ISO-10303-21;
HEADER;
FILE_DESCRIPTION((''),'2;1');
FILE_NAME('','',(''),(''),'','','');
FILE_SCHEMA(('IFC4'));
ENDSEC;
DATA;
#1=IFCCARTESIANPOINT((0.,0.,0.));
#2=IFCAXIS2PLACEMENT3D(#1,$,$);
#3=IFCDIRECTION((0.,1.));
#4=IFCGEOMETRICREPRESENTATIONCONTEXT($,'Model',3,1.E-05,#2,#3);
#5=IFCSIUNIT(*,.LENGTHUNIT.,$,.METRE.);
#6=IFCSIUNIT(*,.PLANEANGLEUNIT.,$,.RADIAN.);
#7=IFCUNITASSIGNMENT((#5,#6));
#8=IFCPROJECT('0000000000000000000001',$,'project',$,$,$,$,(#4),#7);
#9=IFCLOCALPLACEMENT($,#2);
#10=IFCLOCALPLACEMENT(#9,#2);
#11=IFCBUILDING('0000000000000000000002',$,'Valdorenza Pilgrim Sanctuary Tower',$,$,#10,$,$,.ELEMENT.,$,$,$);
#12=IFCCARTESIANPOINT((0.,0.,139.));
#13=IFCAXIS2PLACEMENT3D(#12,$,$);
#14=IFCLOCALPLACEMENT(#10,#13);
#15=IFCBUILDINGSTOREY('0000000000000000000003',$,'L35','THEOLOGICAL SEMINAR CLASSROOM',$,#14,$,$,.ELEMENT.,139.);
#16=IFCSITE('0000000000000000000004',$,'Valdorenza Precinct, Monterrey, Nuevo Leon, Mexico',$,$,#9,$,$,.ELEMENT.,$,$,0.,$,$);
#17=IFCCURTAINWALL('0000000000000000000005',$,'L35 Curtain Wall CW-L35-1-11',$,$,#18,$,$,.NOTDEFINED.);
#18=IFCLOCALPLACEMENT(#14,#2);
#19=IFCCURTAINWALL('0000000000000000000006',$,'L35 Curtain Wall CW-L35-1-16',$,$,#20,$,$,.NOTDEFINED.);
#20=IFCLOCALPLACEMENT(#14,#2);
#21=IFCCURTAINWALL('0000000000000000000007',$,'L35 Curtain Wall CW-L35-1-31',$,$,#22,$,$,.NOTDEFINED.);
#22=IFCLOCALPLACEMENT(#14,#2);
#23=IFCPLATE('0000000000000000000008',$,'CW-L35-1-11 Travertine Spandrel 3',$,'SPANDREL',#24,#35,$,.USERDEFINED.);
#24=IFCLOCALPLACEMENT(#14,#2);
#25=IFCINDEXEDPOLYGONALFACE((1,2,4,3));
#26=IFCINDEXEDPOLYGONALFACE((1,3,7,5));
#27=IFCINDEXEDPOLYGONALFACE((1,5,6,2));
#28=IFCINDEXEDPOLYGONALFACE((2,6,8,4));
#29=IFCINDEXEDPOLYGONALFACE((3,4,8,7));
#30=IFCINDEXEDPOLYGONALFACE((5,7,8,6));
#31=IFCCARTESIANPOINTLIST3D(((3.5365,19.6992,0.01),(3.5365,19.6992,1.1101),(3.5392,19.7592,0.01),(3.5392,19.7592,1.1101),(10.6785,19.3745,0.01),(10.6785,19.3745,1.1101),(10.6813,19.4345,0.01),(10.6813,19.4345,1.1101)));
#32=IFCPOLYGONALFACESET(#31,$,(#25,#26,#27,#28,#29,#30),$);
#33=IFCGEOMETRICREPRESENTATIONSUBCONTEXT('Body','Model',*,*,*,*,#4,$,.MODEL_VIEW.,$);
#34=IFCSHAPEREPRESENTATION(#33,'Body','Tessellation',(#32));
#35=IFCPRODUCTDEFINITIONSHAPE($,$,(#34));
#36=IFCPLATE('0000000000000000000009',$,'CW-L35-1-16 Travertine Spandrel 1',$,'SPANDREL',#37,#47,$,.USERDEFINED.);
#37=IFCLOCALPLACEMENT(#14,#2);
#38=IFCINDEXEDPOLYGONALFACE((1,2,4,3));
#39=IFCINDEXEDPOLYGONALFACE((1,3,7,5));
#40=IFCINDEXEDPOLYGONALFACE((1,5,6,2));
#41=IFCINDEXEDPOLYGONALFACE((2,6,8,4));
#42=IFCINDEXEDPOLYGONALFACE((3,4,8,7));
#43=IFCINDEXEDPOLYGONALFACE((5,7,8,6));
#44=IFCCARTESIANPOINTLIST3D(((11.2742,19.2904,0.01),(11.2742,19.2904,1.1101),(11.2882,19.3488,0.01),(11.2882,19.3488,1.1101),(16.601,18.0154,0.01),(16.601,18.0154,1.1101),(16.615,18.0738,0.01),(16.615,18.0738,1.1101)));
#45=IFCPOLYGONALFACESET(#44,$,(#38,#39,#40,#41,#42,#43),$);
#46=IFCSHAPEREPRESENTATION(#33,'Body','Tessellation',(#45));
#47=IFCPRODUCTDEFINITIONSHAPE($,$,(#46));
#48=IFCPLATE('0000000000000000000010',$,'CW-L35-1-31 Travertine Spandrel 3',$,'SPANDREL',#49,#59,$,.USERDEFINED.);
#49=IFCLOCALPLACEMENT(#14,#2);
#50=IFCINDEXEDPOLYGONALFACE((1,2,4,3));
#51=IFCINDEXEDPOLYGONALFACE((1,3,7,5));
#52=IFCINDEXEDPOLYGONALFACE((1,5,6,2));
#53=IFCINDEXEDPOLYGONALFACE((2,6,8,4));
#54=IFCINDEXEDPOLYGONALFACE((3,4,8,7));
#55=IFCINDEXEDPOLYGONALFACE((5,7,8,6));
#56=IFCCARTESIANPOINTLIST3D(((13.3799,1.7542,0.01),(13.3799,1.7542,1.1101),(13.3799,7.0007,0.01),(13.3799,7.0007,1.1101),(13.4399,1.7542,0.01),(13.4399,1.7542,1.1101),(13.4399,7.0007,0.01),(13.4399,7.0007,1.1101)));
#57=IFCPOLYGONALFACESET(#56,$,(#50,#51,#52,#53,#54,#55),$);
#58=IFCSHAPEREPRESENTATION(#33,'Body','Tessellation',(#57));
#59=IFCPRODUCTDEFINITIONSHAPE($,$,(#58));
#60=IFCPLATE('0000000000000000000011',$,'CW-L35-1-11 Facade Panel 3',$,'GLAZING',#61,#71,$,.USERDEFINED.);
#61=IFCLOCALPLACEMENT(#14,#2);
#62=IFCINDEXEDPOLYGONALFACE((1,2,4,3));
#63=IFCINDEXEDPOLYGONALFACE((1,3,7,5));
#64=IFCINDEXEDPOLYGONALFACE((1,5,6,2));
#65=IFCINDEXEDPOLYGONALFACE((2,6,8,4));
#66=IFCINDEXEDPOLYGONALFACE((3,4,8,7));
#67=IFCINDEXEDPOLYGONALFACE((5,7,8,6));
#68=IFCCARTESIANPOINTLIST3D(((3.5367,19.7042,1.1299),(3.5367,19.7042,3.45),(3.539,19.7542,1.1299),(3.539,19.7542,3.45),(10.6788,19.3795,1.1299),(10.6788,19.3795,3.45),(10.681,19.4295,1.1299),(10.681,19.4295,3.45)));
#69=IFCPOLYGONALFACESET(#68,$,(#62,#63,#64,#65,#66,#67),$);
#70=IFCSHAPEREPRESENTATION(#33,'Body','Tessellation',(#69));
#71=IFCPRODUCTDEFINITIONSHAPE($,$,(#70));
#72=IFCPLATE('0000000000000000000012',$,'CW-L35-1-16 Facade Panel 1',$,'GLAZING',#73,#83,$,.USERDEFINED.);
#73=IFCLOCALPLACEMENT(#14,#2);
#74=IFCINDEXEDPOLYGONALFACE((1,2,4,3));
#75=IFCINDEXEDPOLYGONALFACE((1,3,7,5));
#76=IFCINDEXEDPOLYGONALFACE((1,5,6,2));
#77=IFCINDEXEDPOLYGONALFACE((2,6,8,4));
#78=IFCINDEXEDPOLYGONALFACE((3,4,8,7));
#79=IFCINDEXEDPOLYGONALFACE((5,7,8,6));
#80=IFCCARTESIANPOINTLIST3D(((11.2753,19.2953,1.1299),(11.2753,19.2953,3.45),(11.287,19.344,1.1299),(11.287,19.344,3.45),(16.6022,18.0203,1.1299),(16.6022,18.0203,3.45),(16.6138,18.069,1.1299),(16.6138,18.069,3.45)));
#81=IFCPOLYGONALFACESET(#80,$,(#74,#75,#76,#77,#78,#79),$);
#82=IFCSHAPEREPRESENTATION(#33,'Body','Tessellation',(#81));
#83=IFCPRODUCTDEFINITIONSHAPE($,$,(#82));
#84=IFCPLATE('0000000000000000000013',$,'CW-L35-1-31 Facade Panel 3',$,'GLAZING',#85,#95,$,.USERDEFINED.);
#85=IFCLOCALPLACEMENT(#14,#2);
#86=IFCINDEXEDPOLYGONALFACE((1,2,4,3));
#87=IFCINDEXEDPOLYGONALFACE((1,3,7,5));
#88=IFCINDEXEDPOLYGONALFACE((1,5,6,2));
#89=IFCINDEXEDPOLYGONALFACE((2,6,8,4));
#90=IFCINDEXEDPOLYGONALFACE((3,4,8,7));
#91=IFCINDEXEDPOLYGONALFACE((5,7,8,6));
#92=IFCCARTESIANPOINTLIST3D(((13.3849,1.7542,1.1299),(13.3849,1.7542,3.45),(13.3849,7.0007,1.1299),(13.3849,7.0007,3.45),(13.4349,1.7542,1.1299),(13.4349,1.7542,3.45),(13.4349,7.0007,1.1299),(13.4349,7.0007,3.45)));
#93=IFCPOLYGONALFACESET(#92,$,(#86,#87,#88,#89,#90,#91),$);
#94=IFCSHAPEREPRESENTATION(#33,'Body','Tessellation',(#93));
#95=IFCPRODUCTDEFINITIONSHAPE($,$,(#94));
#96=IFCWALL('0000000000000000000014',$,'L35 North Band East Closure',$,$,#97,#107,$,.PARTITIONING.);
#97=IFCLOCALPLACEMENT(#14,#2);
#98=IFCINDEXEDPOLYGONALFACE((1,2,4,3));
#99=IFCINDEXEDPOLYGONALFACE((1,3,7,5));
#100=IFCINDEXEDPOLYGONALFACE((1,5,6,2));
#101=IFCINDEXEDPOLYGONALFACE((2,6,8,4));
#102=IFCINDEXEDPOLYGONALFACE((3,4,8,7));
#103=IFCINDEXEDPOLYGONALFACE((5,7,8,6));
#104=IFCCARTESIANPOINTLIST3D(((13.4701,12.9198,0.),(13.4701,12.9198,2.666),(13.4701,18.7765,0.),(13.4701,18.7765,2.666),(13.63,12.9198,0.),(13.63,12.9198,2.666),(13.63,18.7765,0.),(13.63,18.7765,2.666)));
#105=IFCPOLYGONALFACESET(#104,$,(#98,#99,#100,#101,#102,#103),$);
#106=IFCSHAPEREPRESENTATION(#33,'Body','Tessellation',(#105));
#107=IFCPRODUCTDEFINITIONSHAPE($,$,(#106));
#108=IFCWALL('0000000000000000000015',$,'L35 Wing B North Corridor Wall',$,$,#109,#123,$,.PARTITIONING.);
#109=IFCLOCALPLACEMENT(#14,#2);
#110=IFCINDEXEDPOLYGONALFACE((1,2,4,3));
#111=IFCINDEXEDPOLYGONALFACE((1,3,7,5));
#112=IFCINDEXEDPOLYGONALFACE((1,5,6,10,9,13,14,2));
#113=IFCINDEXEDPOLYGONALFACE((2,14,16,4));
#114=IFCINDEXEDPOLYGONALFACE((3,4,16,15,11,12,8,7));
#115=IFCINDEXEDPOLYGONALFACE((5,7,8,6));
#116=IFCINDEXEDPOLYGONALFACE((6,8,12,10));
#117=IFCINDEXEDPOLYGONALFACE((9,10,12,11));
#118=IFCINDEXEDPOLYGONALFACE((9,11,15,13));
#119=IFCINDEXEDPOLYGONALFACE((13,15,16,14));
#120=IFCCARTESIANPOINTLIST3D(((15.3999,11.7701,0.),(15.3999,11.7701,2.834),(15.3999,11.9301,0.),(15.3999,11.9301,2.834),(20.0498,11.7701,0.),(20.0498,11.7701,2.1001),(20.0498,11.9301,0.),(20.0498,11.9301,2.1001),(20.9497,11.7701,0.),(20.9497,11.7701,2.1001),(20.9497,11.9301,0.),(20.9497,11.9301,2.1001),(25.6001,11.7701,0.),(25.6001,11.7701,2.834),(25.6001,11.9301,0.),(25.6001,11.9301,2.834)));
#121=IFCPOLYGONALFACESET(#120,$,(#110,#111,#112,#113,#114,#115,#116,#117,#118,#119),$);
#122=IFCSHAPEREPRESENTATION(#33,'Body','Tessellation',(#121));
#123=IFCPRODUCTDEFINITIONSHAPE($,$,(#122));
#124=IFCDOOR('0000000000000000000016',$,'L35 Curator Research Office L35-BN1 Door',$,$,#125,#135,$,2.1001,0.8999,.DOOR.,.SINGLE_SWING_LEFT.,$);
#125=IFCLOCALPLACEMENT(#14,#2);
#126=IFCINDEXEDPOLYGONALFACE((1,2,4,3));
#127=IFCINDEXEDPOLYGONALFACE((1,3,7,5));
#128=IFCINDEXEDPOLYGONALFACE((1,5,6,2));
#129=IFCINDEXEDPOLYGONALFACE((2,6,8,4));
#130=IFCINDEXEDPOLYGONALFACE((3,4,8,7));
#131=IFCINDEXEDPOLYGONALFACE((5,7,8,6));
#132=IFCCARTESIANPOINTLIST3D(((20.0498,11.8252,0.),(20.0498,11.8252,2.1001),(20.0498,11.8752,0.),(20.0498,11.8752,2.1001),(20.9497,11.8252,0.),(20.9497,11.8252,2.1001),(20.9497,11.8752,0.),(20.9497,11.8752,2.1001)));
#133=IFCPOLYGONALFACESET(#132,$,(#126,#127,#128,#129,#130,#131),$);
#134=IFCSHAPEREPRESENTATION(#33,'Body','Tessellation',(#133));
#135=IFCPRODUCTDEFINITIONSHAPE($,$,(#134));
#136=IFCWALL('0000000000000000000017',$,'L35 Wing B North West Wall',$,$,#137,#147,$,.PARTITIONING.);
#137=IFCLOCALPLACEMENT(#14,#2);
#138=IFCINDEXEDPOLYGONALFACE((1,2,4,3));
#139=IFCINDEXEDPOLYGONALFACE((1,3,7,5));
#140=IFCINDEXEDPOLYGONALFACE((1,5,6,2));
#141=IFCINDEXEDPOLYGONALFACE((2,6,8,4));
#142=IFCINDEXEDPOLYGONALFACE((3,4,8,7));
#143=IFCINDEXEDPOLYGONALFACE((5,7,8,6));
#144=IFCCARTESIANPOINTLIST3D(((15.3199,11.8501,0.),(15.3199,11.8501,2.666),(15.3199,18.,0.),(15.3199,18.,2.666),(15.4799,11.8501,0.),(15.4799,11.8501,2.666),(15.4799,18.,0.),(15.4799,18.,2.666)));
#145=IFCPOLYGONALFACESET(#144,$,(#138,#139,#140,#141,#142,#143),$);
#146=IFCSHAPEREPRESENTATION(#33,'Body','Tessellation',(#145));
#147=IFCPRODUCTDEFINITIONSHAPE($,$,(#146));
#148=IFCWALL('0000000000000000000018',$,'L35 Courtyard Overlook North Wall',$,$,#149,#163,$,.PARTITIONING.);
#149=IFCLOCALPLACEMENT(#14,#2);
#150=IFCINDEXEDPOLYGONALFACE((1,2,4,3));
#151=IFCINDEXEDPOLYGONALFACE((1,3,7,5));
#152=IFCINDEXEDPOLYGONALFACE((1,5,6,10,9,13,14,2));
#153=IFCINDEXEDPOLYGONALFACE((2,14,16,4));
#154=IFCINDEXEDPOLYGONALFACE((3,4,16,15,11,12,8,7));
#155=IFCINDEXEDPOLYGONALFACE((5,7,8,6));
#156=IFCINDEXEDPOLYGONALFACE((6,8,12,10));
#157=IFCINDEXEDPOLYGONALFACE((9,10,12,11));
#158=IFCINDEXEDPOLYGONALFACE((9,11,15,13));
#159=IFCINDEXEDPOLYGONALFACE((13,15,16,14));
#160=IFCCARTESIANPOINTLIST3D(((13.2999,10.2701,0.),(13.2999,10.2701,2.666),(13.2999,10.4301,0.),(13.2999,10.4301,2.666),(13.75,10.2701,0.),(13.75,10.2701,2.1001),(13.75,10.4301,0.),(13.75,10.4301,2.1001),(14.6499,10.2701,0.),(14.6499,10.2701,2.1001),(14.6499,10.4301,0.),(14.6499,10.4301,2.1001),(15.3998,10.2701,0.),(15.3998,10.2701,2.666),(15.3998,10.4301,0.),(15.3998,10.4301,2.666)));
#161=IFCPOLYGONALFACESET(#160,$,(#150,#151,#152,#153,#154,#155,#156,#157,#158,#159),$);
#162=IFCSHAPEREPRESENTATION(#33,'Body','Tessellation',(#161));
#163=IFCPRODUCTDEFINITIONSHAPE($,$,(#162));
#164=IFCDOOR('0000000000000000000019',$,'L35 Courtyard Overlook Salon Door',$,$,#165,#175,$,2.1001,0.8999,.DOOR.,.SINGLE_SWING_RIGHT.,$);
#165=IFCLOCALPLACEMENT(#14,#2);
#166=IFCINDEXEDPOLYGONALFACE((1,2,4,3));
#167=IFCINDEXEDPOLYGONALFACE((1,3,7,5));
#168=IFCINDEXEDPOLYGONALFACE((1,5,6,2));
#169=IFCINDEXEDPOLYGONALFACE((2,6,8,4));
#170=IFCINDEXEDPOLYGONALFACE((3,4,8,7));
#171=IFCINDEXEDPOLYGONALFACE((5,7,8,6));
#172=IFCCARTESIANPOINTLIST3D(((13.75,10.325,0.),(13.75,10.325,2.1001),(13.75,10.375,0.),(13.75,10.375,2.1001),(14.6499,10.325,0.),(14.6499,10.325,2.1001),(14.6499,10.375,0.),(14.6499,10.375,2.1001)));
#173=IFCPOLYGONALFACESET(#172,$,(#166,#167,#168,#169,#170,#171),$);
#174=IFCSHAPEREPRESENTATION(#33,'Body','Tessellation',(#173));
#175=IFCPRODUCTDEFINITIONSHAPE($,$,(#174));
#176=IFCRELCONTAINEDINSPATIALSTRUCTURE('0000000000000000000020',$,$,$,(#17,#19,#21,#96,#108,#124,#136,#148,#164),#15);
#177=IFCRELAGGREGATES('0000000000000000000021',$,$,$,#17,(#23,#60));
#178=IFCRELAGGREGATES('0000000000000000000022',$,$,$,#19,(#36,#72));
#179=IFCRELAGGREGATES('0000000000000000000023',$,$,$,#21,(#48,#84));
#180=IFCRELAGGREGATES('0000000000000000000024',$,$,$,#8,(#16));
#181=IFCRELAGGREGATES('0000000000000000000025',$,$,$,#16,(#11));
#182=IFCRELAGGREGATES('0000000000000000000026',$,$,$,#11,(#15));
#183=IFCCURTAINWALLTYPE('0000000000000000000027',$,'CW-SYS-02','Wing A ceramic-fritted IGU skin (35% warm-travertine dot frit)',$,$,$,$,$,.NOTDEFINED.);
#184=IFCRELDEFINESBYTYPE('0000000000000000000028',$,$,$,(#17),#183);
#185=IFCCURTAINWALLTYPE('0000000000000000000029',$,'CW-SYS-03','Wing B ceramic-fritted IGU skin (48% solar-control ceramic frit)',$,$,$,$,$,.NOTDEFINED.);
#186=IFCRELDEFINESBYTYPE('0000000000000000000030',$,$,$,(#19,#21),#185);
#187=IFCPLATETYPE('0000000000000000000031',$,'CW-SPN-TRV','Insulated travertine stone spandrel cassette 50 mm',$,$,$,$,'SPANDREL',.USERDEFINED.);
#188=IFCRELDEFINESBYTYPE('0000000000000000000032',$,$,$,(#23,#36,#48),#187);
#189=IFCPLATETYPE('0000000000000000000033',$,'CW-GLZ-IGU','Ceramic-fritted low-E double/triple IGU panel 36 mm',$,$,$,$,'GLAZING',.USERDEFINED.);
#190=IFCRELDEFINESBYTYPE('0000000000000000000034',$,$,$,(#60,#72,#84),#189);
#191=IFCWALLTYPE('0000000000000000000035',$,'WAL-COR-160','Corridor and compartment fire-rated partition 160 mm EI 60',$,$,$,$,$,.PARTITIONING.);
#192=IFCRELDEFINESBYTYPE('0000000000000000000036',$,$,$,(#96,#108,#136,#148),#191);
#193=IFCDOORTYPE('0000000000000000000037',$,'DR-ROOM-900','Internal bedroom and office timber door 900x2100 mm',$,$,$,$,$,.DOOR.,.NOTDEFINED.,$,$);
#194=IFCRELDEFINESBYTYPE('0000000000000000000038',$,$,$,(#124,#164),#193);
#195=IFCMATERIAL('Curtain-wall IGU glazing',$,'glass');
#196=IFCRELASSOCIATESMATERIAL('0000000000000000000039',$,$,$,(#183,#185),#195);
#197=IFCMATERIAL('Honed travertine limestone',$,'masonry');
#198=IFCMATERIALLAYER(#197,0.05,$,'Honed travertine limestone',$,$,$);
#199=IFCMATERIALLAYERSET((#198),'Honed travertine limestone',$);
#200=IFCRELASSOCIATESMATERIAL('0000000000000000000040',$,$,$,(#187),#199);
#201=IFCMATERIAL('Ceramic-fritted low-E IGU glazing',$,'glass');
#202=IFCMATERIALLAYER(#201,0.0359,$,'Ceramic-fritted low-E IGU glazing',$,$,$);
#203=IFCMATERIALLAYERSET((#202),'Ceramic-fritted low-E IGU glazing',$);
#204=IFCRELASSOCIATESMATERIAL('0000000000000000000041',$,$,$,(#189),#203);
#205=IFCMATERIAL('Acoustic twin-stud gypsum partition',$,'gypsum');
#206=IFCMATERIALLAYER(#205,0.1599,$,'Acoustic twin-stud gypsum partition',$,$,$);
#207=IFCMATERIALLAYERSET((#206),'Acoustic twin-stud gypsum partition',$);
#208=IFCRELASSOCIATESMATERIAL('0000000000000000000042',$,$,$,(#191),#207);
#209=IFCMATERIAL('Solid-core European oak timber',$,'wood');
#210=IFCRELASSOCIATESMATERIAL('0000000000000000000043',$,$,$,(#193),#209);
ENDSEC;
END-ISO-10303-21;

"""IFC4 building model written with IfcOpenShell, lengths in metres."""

from ifc_helpers import new_model, si_unit, direction, frame, frame_2d, origin, origin_2d, place, context, subcontext, project, spatial, rectangle, extrude, source, transform, mapped, material, layer, layer_set, type_object, element, fill, aggregate, save


model = new_model("IFC4")

# Units and contexts
model_context = context("Model", 3, precision=1e-05, world=origin(), true_north=direction((0.0, 1.0)))
body_context = subcontext(model_context, "Body", "Model", "MODEL_VIEW")
ifc_project = project(units=[si_unit("LENGTHUNIT", "METRE"), si_unit("PLANEANGLEUNIT", "RADIAN")], contexts=[model_context])

# Site, building, storey
site_placement = place(None, origin())
site = spatial("IfcSite", under=ifc_project, at=site_placement, Name="Valdorenza Precinct, Monterrey, Nuevo Leon, Mexico", CompositionType="ELEMENT", RefElevation=0.0)
building_placement = place(site_placement, origin())
building = spatial("IfcBuilding", under=site, at=building_placement, Name="Valdorenza Pilgrim Sanctuary Tower", CompositionType="ELEMENT")
storey_placement = place(building_placement, frame((0.0, 0.0, 139.0)))
storey = spatial("IfcBuildingStorey", under=building, at=storey_placement, Name="L35", Description="THEOLOGICAL SEMINAR CLASSROOM", CompositionType="ELEMENT", Elevation=139.0)

# Curtain walls
ifc_material_1 = material(Name="Curtain-wall IGU glazing", Category="glass")
curtain_wall_type_1 = type_object("IfcCurtainWallType", Name="CW-SYS-02", Description="Wing A ceramic-fritted IGU skin (35% warm-travertine dot frit)", PredefinedType="NOTDEFINED", material=ifc_material_1)
curtain_wall_1_placement = place(storey_placement, origin())
curtain_wall_1 = element("IfcCurtainWall", 1, at=curtain_wall_1_placement, inside=storey, type_object=curtain_wall_type_1, Name="L35 Curtain Wall CW-L35-1-11", PredefinedType="NOTDEFINED")
curtain_wall_type_2 = type_object("IfcCurtainWallType", Name="CW-SYS-03", Description="Wing B ceramic-fritted IGU skin (48% solar-control ceramic frit)", PredefinedType="NOTDEFINED", material=ifc_material_1)
curtain_wall_2_placement = place(storey_placement, origin())
curtain_wall_2 = element("IfcCurtainWall", 2, at=curtain_wall_2_placement, inside=storey, type_object=curtain_wall_type_2, Name="L35 Curtain Wall CW-L35-1-16", PredefinedType="NOTDEFINED")

# Curtain wall
curtain_wall_3_placement = place(storey_placement, origin())
curtain_wall_3 = element("IfcCurtainWall", 3, at=curtain_wall_3_placement, inside=storey, type_object=curtain_wall_type_2, Name="L35 Curtain Wall CW-L35-1-31", PredefinedType="NOTDEFINED")

# Plates
ifc_material_2 = material(Name="Honed travertine limestone", Category="masonry")
ifc_layer_1 = layer(ifc_material_2, 0.05, Name="Honed travertine limestone")
ifc_layer_set_1 = layer_set([ifc_layer_1], Name="Honed travertine limestone")
plate_type_1 = type_object("IfcPlateType", Name="CW-SPN-TRV", Description="Insulated travertine stone spandrel cassette 50 mm", ElementType="SPANDREL", PredefinedType="USERDEFINED", material=ifc_layer_set_1)
ifc_material_3 = material(Name="Ceramic-fritted low-E IGU glazing", Category="glass")
ifc_layer_2 = layer(ifc_material_3, 0.0359, Name="Ceramic-fritted low-E IGU glazing")
ifc_layer_set_2 = layer_set([ifc_layer_2], Name="Ceramic-fritted low-E IGU glazing")
plate_type_2 = type_object("IfcPlateType", Name="CW-GLZ-IGU", Description="Ceramic-fritted low-E double/triple IGU panel 36 mm", ElementType="GLAZING", PredefinedType="USERDEFINED", material=ifc_layer_set_2)
shared_shape_1 = source(origin(), body_context, "Body", "SweptSolid", [
    extrude(rectangle(XDim=7.1494, YDim=0.0601, at=origin_2d()), origin(), (0.0, 0.0, 1.0), 1.1001),
])
plate_1_placement = place(storey_placement, frame((7.1089, 19.5669, 0.01), z_axis=(0.0, 0.0, 1.0), x_axis=(0.998968, -0.045415, 0.0)))
plate_1 = element("IfcPlate", 4, at=plate_1_placement, type_object=plate_type_1, Name="CW-L35-1-11 Travertine Spandrel 3", ObjectType="SPANDREL", PredefinedType="USERDEFINED", context=body_context, shape_type="MappedRepresentation", body=[
    mapped(shared_shape_1, transform((0.0, 0.0, 0.0), x_axis=(1.0, 0.0, 0.0), y_axis=(0.0, 1.0, 0.0), z_axis=(0.0, 0.0, 1.0), scale=1.0)),
])
shared_shape_2 = source(origin(), body_context, "Body", "SweptSolid", [
    extrude(rectangle(XDim=5.4773, YDim=0.0601, at=origin_2d()), origin(), (0.0, 0.0, 1.0), 1.1001),
])
plate_2_placement = place(storey_placement, frame((13.9446, 18.6821, 0.01), z_axis=(0.0, 0.0, 1.0), x_axis=(0.972529, -0.232783, 0.0)))
plate_2 = element("IfcPlate", 5, at=plate_2_placement, type_object=plate_type_1, Name="CW-L35-1-16 Travertine Spandrel 1", ObjectType="SPANDREL", PredefinedType="USERDEFINED", context=body_context, shape_type="MappedRepresentation", body=[
    mapped(shared_shape_2, transform((0.0, 0.0, 0.0), x_axis=(1.0, 0.0, 0.0), y_axis=(0.0, 1.0, 0.0), z_axis=(0.0, 0.0, 1.0), scale=1.0)),
])
shared_shape_3 = source(origin(), body_context, "Body", "SweptSolid", [
    extrude(rectangle(XDim=5.2466, YDim=0.0601, at=origin_2d()), origin(), (0.0, 0.0, 1.0), 1.1001),
])
plate_3_placement = place(storey_placement, frame((13.4099, 4.3774, 0.01), z_axis=(0.0, 0.0, 1.0), x_axis=(0.0, 1.0, 0.0)))
plate_3 = element("IfcPlate", 6, at=plate_3_placement, type_object=plate_type_1, Name="CW-L35-1-31 Travertine Spandrel 3", ObjectType="SPANDREL", PredefinedType="USERDEFINED", context=body_context, shape_type="MappedRepresentation", body=[
    mapped(shared_shape_3, transform((0.0, 0.0, 0.0), x_axis=(1.0, 0.0, 0.0), y_axis=(0.0, 1.0, 0.0), z_axis=(0.0, 0.0, 1.0), scale=1.0)),
])
shared_shape_4 = source(origin(), body_context, "Body", "SweptSolid", [
    extrude(rectangle(XDim=7.1494, YDim=0.05, at=origin_2d()), origin(), (0.0, 0.0, 1.0), 2.3201),
])
plate_4_placement = place(storey_placement, frame((7.1089, 19.5669, 1.1299), z_axis=(0.0, 0.0, 1.0), x_axis=(0.998968, -0.045415, 0.0)))
plate_4 = element("IfcPlate", 7, at=plate_4_placement, type_object=plate_type_2, Name="CW-L35-1-11 Facade Panel 3", ObjectType="GLAZING", PredefinedType="USERDEFINED", context=body_context, shape_type="MappedRepresentation", body=[
    mapped(shared_shape_4, transform((0.0, 0.0, 0.0), x_axis=(1.0, 0.0, 0.0), y_axis=(0.0, 1.0, 0.0), z_axis=(0.0, 0.0, 1.0), scale=1.0)),
])
aggregate(curtain_wall_1, [plate_1, plate_4])
shared_shape_5 = source(origin(), body_context, "Body", "SweptSolid", [
    extrude(rectangle(XDim=5.4773, YDim=0.05, at=origin_2d()), origin(), (0.0, 0.0, 1.0), 2.3201),
])
plate_5_placement = place(storey_placement, frame((13.9446, 18.6821, 1.1299), z_axis=(0.0, 0.0, 1.0), x_axis=(0.972529, -0.232783, 0.0)))
plate_5 = element("IfcPlate", 8, at=plate_5_placement, type_object=plate_type_2, Name="CW-L35-1-16 Facade Panel 1", ObjectType="GLAZING", PredefinedType="USERDEFINED", context=body_context, shape_type="MappedRepresentation", body=[
    mapped(shared_shape_5, transform((0.0, 0.0, 0.0), x_axis=(1.0, 0.0, 0.0), y_axis=(0.0, 1.0, 0.0), z_axis=(0.0, 0.0, 1.0), scale=1.0)),
])
aggregate(curtain_wall_2, [plate_2, plate_5])
shared_shape_6 = source(origin(), body_context, "Body", "SweptSolid", [
    extrude(rectangle(XDim=5.2466, YDim=0.05, at=origin_2d()), origin(), (0.0, 0.0, 1.0), 2.3201),
])
plate_6_placement = place(storey_placement, frame((13.4099, 4.3774, 1.1299), z_axis=(0.0, 0.0, 1.0), x_axis=(0.0, 1.0, 0.0)))
plate_6 = element("IfcPlate", 9, at=plate_6_placement, type_object=plate_type_2, Name="CW-L35-1-31 Facade Panel 3", ObjectType="GLAZING", PredefinedType="USERDEFINED", context=body_context, shape_type="MappedRepresentation", body=[
    mapped(shared_shape_6, transform((0.0, 0.0, 0.0), x_axis=(1.0, 0.0, 0.0), y_axis=(0.0, 1.0, 0.0), z_axis=(0.0, 0.0, 1.0), scale=1.0)),
])
aggregate(curtain_wall_3, [plate_3, plate_6])

# Wall
ifc_material_4 = material(Name="Acoustic twin-stud gypsum partition", Category="gypsum")
ifc_layer_3 = layer(ifc_material_4, 0.1599, Name="Acoustic twin-stud gypsum partition")
ifc_layer_set_3 = layer_set([ifc_layer_3], Name="Acoustic twin-stud gypsum partition")
wall_type_1 = type_object("IfcWallType", Name="WAL-COR-160", Description="Corridor and compartment fire-rated partition 160 mm EI 60", PredefinedType="PARTITIONING", material=ifc_layer_set_3)
wall_1_placement = place(storey_placement, frame((13.55, 12.9199, 0.0), z_axis=(0.0, 0.0, 1.0), x_axis=(0.0, 1.0, 0.0)))
element("IfcWall", 10, at=wall_1_placement, inside=storey, type_object=wall_type_1, Name="L35 North Band East Closure", PredefinedType="PARTITIONING", context=body_context, shape_type="SweptSolid", body=[
    extrude(rectangle(XDim=5.8567, YDim=0.1599, at=frame_2d((2.9282, 0.0))), origin(), (0.0, 0.0, 1.0), 2.666),
])

# Wall, opening, door
wall_2_placement = place(storey_placement, frame((15.3999, 11.8501, 0.0), z_axis=(0.0, 0.0, 1.0), x_axis=(1.0, 0.0, 0.0)))
wall_2 = element("IfcWall", 11, at=wall_2_placement, inside=storey, type_object=wall_type_1, Name="L35 Wing B North Corridor Wall", PredefinedType="PARTITIONING", context=body_context, shape_type="SweptSolid", body=[
    extrude(rectangle(XDim=10.2002, YDim=0.1599, at=frame_2d((5.1001, 0.0))), origin(), (0.0, 0.0, 1.0), 2.834),
])
opening_1_placement = place(wall_2_placement, frame((4.6499, 0.0, 0.0)))
opening_1 = element("IfcOpeningElement", 12, at=opening_1_placement, cuts=wall_2, PredefinedType="OPENING", context=body_context, shape_type="SweptSolid", body=[
    extrude(rectangle(XDim=0.8999, YDim=2.1001, at=frame_2d((0.45, 1.05))), frame((0.0, 0.0947, 0.0), z_axis=(0.0, -1.0, 0.0), x_axis=(1.0, 0.0, 0.0)), (0.0, 0.0, 1.0), 0.1897),
])
ifc_material_5 = material(Name="Solid-core European oak timber", Category="wood")
door_type = type_object("IfcDoorType", Name="DR-ROOM-900", Description="Internal bedroom and office timber door 900x2100 mm", OperationType="NOTDEFINED", PredefinedType="DOOR", material=ifc_material_5)
door_1_placement = place(opening_1_placement, frame((0.8999, 0.0, 0.0), z_axis=(0.0, 0.0, 1.0), x_axis=(-1.0, 0.0, 0.0)))
door_1 = element("IfcDoor", 13, at=door_1_placement, inside=storey, type_object=door_type, Name="L35 Curator Research Office L35-BN1 Door", OperationType="SINGLE_SWING_LEFT", OverallHeight=2.1001, OverallWidth=0.8999, PredefinedType="DOOR", context=body_context, shape_type="SweptSolid", body=[
    extrude(rectangle(XDim=0.8999, YDim=2.1001, at=frame_2d((0.45, 1.05))), frame((0.0, 0.0249, 0.0), z_axis=(0.0, -1.0, 0.0), x_axis=(1.0, 0.0, 0.0)), (0.0, 0.0, 1.0), 0.05),
])
fill(opening_1, door_1)

# Wall
wall_3_placement = place(storey_placement, frame((15.3999, 11.8501, 0.0), z_axis=(0.0, 0.0, 1.0), x_axis=(0.0, 1.0, 0.0)))
element("IfcWall", 14, at=wall_3_placement, inside=storey, type_object=wall_type_1, Name="L35 Wing B North West Wall", PredefinedType="PARTITIONING", context=body_context, shape_type="SweptSolid", body=[
    extrude(rectangle(XDim=6.1499, YDim=0.1599, at=frame_2d((3.075, 0.0))), origin(), (0.0, 0.0, 1.0), 2.666),
])

# Wall, opening, door
wall_4_placement = place(storey_placement, frame((13.3, 10.3501, 0.0), z_axis=(0.0, 0.0, 1.0), x_axis=(1.0, 0.0, 0.0)))
wall_4 = element("IfcWall", 15, at=wall_4_placement, inside=storey, type_object=wall_type_1, Name="L35 Courtyard Overlook North Wall", PredefinedType="PARTITIONING", context=body_context, shape_type="SweptSolid", body=[
    extrude(rectangle(XDim=2.0999, YDim=0.1599, at=frame_2d((1.0498, 0.0))), origin(), (0.0, 0.0, 1.0), 2.666),
])
opening_2_placement = place(wall_4_placement, frame((0.45, 0.0, 0.0)))
opening_2 = element("IfcOpeningElement", 16, at=opening_2_placement, cuts=wall_4, PredefinedType="OPENING", context=body_context, shape_type="SweptSolid", body=[
    extrude(rectangle(XDim=0.8999, YDim=2.1001, at=frame_2d((0.45, 1.05))), frame((0.0, 0.0947, 0.0), z_axis=(0.0, -1.0, 0.0), x_axis=(1.0, 0.0, 0.0)), (0.0, 0.0, 1.0), 0.1897),
])
door_2_placement = place(opening_2_placement, origin())
door_2 = element("IfcDoor", 17, at=door_2_placement, inside=storey, type_object=door_type, Name="L35 Courtyard Overlook Salon Door", OperationType="SINGLE_SWING_RIGHT", OverallHeight=2.1001, OverallWidth=0.8999, PredefinedType="DOOR", context=body_context, shape_type="SweptSolid", body=[
    extrude(rectangle(XDim=0.8999, YDim=2.1001, at=frame_2d((0.45, 1.05))), frame((0.0, 0.0249, 0.0), z_axis=(0.0, -1.0, 0.0), x_axis=(1.0, 0.0, 0.0)), (0.0, 0.0, 1.0), 0.05),
])
fill(opening_2, door_2)

save(model, "model.ifc")
